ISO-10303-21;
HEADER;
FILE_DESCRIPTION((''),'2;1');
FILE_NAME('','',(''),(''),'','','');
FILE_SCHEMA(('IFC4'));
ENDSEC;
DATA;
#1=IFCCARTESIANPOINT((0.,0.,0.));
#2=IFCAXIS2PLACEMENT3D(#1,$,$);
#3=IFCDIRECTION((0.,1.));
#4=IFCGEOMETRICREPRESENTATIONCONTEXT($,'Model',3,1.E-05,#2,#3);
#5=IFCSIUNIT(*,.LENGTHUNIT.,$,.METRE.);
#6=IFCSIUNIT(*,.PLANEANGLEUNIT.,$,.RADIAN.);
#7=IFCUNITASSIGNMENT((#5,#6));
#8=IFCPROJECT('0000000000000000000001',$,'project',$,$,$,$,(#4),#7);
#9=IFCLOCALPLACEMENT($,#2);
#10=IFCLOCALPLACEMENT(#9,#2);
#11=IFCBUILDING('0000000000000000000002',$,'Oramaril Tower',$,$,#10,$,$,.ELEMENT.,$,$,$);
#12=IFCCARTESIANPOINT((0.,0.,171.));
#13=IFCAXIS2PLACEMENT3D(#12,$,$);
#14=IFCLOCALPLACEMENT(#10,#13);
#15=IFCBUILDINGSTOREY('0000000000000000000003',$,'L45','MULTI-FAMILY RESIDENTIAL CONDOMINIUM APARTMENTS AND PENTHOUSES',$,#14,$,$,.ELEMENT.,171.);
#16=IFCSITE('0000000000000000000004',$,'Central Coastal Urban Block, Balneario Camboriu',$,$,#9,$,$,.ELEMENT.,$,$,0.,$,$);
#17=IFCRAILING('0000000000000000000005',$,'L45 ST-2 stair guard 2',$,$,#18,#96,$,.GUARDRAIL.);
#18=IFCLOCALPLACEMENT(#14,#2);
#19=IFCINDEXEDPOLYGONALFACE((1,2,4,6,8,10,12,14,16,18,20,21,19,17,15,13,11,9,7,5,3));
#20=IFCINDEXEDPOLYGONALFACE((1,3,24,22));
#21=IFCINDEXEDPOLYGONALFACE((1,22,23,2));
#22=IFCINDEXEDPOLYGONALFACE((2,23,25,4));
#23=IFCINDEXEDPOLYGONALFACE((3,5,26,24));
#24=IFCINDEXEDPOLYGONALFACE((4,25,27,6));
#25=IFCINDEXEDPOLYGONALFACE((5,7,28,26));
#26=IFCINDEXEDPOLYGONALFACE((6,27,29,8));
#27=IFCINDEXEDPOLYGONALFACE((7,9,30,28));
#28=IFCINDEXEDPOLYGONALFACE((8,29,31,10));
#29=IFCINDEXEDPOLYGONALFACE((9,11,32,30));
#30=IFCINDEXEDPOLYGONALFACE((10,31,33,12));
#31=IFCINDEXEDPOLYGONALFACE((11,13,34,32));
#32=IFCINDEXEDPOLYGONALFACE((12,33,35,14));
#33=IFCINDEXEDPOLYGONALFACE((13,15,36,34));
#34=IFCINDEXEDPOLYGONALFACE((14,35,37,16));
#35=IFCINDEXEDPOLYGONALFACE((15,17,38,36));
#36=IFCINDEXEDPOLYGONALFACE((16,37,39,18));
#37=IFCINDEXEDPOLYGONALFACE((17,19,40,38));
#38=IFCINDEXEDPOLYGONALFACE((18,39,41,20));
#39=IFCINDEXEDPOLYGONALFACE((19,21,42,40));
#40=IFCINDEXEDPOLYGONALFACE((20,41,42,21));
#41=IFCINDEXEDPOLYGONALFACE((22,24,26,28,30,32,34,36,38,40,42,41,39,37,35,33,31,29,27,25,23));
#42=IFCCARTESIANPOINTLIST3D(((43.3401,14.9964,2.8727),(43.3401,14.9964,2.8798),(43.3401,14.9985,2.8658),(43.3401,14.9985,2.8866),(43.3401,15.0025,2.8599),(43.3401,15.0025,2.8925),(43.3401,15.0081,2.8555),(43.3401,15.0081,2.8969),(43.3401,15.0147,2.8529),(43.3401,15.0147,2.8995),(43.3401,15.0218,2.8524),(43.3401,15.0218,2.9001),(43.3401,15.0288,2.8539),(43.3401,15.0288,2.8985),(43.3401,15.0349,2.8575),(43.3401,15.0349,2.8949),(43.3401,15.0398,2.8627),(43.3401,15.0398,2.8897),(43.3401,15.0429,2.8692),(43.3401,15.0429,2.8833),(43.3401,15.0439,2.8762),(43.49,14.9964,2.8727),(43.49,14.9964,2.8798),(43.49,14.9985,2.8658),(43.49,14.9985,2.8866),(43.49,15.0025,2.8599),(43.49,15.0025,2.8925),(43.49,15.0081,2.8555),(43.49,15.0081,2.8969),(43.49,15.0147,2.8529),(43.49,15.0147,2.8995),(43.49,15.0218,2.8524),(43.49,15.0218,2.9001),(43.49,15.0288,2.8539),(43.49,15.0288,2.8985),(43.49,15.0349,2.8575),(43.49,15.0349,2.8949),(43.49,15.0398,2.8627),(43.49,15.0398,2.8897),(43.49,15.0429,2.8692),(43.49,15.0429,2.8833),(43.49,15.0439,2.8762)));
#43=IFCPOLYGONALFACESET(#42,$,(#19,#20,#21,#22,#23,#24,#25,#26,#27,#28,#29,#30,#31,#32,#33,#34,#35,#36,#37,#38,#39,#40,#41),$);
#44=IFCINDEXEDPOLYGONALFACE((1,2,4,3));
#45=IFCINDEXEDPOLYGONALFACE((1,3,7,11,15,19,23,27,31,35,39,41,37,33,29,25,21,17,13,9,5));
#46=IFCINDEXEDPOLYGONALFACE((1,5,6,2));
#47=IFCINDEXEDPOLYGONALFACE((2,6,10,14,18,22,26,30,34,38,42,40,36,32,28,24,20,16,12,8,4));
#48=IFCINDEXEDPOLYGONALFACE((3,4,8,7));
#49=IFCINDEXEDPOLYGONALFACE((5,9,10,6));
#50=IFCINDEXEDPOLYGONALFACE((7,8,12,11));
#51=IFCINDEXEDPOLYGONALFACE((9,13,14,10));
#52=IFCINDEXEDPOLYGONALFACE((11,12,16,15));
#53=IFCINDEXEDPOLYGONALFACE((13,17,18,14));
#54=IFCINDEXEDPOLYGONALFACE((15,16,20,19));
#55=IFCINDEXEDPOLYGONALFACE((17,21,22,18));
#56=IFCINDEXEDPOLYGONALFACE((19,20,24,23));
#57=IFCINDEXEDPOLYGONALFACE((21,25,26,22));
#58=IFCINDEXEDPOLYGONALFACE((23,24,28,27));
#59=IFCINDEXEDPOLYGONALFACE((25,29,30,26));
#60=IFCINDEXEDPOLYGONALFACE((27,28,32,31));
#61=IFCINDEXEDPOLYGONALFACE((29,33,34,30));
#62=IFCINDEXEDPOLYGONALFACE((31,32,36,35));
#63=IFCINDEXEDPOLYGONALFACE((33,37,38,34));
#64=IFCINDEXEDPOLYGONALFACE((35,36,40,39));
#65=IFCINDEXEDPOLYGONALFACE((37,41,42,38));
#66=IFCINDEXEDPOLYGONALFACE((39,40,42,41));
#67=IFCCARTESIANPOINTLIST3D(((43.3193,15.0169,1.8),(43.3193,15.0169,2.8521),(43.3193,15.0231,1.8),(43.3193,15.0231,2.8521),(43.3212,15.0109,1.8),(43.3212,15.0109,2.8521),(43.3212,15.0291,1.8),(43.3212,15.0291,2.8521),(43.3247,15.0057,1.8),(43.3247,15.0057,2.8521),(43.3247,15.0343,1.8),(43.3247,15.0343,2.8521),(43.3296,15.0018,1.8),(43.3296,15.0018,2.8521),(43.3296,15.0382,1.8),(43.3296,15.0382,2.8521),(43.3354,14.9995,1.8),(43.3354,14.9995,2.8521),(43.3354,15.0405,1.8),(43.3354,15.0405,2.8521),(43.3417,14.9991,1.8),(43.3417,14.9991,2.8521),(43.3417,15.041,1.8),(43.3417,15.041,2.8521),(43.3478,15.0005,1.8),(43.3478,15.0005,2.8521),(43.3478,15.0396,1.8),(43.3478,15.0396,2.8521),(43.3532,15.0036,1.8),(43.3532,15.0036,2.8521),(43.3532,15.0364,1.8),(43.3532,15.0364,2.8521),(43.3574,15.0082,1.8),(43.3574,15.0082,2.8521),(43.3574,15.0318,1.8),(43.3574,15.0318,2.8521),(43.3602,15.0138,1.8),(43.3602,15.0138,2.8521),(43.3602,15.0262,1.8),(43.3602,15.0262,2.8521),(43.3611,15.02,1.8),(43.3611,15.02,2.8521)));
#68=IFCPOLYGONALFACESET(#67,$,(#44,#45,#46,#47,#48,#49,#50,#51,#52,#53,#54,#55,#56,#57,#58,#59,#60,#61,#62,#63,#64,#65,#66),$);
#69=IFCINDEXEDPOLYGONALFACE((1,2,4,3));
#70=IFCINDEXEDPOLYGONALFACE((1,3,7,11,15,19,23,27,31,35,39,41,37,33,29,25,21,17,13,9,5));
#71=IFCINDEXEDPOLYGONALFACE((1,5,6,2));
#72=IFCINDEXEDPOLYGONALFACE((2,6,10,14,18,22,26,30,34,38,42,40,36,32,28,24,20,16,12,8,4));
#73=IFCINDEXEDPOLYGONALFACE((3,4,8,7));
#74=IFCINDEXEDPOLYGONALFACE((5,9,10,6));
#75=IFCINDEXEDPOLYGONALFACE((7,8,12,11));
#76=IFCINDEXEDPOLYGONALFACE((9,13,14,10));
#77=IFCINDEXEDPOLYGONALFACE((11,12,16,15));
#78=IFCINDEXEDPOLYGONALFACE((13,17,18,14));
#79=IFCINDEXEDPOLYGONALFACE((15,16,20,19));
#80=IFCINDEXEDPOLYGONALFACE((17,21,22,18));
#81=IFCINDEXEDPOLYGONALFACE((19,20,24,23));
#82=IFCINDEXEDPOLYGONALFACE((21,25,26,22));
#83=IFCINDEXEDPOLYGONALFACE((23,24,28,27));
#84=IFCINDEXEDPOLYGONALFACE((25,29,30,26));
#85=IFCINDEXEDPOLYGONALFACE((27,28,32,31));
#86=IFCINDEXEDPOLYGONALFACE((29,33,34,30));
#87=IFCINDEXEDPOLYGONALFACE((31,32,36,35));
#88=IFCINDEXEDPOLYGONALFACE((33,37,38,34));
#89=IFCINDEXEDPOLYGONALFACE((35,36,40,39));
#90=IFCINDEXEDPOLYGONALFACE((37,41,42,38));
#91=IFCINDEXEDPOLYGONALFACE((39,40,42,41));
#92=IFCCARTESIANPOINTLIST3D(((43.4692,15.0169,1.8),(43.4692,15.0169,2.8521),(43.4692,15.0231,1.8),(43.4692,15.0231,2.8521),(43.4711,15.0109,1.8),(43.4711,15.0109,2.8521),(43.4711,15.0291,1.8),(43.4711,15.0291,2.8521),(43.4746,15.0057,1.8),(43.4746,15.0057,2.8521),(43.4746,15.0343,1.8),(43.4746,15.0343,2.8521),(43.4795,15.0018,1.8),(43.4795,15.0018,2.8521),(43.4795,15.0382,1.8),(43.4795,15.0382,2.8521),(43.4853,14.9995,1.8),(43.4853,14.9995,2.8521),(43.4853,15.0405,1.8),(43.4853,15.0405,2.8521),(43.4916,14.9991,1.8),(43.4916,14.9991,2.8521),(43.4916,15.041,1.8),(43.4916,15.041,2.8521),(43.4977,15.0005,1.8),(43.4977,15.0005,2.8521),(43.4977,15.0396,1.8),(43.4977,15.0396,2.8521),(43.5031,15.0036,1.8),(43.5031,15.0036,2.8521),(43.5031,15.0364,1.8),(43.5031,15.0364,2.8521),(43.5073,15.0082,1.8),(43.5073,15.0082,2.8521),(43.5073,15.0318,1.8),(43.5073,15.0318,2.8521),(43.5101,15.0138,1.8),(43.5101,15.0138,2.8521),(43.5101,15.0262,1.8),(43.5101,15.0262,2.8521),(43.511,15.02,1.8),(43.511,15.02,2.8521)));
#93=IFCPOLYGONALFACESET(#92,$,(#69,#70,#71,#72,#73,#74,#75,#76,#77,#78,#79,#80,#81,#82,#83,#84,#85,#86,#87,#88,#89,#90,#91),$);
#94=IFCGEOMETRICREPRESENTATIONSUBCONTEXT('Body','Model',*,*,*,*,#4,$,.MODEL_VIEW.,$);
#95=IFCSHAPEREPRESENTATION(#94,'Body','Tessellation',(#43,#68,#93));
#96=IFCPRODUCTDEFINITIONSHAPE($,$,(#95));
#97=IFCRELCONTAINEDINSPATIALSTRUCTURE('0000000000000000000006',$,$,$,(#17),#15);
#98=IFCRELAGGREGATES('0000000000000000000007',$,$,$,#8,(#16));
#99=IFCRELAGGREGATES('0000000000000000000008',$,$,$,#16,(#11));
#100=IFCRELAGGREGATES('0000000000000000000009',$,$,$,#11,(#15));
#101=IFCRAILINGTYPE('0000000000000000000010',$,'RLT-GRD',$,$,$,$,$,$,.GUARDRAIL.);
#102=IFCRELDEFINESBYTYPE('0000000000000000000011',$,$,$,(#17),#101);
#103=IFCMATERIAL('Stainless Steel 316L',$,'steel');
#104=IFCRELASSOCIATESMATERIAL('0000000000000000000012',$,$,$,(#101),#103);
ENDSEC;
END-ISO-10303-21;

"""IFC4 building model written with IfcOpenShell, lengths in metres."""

from ifc_helpers import new_model, si_unit, direction, frame, origin, origin_2d, place, context, subcontext, project, spatial, circle, extrude, material, type_object, element, save


model = new_model("IFC4")

# Units and contexts
model_context = context("Model", 3, precision=1e-05, world=origin(), true_north=direction((0.0, 1.0)))
body_context = subcontext(model_context, "Body", "Model", "MODEL_VIEW")
ifc_project = project(units=[si_unit("LENGTHUNIT", "METRE"), si_unit("PLANEANGLEUNIT", "RADIAN")], contexts=[model_context])

# Site, building, storey
site_placement = place(None, origin())
site = spatial("IfcSite", under=ifc_project, at=site_placement, Name="Central Coastal Urban Block, Balneario Camboriu", CompositionType="ELEMENT", RefElevation=0.0)
building_placement = place(site_placement, origin())
building = spatial("IfcBuilding", under=site, at=building_placement, Name="Oramaril Tower", CompositionType="ELEMENT")
storey_placement = place(building_placement, frame((0.0, 0.0, 171.0)))
storey = spatial("IfcBuildingStorey", under=building, at=storey_placement, Name="L45", Description="MULTI-FAMILY RESIDENTIAL CONDOMINIUM APARTMENTS AND PENTHOUSES", CompositionType="ELEMENT", Elevation=171.0)

# Railing
ifc_material_1 = material(Name="Stainless Steel 316L", Category="steel")
railing_type_1 = type_object("IfcRailingType", Name="RLT-GRD", PredefinedType="GUARDRAIL", material=ifc_material_1)
railing_1_placement = place(storey_placement, frame((43.3401, 15.02, 1.8)))
element("IfcRailing", 1, at=railing_1_placement, inside=storey, type_object=railing_type_1, Name="L45 ST-2 stair guard 2", PredefinedType="GUARDRAIL", context=body_context, shape_type="SweptSolid", body=[
    extrude(circle(Radius=0.0239, at=origin_2d()), frame((0.0, 0.0, 1.0762), z_axis=(1.0, 0.0, 0.0), x_axis=(0.0, 1.0, 0.0)), (0.0, 0.0, 1.0), 0.1499),
    extrude(circle(Radius=0.021, at=origin_2d()), origin(), (0.0, 0.0, 1.0), 1.052),
    extrude(circle(Radius=0.021, at=origin_2d()), frame((0.1499, 0.0, 0.0)), (0.0, 0.0, 1.0), 1.052),
])

save(model, "model.ifc")
